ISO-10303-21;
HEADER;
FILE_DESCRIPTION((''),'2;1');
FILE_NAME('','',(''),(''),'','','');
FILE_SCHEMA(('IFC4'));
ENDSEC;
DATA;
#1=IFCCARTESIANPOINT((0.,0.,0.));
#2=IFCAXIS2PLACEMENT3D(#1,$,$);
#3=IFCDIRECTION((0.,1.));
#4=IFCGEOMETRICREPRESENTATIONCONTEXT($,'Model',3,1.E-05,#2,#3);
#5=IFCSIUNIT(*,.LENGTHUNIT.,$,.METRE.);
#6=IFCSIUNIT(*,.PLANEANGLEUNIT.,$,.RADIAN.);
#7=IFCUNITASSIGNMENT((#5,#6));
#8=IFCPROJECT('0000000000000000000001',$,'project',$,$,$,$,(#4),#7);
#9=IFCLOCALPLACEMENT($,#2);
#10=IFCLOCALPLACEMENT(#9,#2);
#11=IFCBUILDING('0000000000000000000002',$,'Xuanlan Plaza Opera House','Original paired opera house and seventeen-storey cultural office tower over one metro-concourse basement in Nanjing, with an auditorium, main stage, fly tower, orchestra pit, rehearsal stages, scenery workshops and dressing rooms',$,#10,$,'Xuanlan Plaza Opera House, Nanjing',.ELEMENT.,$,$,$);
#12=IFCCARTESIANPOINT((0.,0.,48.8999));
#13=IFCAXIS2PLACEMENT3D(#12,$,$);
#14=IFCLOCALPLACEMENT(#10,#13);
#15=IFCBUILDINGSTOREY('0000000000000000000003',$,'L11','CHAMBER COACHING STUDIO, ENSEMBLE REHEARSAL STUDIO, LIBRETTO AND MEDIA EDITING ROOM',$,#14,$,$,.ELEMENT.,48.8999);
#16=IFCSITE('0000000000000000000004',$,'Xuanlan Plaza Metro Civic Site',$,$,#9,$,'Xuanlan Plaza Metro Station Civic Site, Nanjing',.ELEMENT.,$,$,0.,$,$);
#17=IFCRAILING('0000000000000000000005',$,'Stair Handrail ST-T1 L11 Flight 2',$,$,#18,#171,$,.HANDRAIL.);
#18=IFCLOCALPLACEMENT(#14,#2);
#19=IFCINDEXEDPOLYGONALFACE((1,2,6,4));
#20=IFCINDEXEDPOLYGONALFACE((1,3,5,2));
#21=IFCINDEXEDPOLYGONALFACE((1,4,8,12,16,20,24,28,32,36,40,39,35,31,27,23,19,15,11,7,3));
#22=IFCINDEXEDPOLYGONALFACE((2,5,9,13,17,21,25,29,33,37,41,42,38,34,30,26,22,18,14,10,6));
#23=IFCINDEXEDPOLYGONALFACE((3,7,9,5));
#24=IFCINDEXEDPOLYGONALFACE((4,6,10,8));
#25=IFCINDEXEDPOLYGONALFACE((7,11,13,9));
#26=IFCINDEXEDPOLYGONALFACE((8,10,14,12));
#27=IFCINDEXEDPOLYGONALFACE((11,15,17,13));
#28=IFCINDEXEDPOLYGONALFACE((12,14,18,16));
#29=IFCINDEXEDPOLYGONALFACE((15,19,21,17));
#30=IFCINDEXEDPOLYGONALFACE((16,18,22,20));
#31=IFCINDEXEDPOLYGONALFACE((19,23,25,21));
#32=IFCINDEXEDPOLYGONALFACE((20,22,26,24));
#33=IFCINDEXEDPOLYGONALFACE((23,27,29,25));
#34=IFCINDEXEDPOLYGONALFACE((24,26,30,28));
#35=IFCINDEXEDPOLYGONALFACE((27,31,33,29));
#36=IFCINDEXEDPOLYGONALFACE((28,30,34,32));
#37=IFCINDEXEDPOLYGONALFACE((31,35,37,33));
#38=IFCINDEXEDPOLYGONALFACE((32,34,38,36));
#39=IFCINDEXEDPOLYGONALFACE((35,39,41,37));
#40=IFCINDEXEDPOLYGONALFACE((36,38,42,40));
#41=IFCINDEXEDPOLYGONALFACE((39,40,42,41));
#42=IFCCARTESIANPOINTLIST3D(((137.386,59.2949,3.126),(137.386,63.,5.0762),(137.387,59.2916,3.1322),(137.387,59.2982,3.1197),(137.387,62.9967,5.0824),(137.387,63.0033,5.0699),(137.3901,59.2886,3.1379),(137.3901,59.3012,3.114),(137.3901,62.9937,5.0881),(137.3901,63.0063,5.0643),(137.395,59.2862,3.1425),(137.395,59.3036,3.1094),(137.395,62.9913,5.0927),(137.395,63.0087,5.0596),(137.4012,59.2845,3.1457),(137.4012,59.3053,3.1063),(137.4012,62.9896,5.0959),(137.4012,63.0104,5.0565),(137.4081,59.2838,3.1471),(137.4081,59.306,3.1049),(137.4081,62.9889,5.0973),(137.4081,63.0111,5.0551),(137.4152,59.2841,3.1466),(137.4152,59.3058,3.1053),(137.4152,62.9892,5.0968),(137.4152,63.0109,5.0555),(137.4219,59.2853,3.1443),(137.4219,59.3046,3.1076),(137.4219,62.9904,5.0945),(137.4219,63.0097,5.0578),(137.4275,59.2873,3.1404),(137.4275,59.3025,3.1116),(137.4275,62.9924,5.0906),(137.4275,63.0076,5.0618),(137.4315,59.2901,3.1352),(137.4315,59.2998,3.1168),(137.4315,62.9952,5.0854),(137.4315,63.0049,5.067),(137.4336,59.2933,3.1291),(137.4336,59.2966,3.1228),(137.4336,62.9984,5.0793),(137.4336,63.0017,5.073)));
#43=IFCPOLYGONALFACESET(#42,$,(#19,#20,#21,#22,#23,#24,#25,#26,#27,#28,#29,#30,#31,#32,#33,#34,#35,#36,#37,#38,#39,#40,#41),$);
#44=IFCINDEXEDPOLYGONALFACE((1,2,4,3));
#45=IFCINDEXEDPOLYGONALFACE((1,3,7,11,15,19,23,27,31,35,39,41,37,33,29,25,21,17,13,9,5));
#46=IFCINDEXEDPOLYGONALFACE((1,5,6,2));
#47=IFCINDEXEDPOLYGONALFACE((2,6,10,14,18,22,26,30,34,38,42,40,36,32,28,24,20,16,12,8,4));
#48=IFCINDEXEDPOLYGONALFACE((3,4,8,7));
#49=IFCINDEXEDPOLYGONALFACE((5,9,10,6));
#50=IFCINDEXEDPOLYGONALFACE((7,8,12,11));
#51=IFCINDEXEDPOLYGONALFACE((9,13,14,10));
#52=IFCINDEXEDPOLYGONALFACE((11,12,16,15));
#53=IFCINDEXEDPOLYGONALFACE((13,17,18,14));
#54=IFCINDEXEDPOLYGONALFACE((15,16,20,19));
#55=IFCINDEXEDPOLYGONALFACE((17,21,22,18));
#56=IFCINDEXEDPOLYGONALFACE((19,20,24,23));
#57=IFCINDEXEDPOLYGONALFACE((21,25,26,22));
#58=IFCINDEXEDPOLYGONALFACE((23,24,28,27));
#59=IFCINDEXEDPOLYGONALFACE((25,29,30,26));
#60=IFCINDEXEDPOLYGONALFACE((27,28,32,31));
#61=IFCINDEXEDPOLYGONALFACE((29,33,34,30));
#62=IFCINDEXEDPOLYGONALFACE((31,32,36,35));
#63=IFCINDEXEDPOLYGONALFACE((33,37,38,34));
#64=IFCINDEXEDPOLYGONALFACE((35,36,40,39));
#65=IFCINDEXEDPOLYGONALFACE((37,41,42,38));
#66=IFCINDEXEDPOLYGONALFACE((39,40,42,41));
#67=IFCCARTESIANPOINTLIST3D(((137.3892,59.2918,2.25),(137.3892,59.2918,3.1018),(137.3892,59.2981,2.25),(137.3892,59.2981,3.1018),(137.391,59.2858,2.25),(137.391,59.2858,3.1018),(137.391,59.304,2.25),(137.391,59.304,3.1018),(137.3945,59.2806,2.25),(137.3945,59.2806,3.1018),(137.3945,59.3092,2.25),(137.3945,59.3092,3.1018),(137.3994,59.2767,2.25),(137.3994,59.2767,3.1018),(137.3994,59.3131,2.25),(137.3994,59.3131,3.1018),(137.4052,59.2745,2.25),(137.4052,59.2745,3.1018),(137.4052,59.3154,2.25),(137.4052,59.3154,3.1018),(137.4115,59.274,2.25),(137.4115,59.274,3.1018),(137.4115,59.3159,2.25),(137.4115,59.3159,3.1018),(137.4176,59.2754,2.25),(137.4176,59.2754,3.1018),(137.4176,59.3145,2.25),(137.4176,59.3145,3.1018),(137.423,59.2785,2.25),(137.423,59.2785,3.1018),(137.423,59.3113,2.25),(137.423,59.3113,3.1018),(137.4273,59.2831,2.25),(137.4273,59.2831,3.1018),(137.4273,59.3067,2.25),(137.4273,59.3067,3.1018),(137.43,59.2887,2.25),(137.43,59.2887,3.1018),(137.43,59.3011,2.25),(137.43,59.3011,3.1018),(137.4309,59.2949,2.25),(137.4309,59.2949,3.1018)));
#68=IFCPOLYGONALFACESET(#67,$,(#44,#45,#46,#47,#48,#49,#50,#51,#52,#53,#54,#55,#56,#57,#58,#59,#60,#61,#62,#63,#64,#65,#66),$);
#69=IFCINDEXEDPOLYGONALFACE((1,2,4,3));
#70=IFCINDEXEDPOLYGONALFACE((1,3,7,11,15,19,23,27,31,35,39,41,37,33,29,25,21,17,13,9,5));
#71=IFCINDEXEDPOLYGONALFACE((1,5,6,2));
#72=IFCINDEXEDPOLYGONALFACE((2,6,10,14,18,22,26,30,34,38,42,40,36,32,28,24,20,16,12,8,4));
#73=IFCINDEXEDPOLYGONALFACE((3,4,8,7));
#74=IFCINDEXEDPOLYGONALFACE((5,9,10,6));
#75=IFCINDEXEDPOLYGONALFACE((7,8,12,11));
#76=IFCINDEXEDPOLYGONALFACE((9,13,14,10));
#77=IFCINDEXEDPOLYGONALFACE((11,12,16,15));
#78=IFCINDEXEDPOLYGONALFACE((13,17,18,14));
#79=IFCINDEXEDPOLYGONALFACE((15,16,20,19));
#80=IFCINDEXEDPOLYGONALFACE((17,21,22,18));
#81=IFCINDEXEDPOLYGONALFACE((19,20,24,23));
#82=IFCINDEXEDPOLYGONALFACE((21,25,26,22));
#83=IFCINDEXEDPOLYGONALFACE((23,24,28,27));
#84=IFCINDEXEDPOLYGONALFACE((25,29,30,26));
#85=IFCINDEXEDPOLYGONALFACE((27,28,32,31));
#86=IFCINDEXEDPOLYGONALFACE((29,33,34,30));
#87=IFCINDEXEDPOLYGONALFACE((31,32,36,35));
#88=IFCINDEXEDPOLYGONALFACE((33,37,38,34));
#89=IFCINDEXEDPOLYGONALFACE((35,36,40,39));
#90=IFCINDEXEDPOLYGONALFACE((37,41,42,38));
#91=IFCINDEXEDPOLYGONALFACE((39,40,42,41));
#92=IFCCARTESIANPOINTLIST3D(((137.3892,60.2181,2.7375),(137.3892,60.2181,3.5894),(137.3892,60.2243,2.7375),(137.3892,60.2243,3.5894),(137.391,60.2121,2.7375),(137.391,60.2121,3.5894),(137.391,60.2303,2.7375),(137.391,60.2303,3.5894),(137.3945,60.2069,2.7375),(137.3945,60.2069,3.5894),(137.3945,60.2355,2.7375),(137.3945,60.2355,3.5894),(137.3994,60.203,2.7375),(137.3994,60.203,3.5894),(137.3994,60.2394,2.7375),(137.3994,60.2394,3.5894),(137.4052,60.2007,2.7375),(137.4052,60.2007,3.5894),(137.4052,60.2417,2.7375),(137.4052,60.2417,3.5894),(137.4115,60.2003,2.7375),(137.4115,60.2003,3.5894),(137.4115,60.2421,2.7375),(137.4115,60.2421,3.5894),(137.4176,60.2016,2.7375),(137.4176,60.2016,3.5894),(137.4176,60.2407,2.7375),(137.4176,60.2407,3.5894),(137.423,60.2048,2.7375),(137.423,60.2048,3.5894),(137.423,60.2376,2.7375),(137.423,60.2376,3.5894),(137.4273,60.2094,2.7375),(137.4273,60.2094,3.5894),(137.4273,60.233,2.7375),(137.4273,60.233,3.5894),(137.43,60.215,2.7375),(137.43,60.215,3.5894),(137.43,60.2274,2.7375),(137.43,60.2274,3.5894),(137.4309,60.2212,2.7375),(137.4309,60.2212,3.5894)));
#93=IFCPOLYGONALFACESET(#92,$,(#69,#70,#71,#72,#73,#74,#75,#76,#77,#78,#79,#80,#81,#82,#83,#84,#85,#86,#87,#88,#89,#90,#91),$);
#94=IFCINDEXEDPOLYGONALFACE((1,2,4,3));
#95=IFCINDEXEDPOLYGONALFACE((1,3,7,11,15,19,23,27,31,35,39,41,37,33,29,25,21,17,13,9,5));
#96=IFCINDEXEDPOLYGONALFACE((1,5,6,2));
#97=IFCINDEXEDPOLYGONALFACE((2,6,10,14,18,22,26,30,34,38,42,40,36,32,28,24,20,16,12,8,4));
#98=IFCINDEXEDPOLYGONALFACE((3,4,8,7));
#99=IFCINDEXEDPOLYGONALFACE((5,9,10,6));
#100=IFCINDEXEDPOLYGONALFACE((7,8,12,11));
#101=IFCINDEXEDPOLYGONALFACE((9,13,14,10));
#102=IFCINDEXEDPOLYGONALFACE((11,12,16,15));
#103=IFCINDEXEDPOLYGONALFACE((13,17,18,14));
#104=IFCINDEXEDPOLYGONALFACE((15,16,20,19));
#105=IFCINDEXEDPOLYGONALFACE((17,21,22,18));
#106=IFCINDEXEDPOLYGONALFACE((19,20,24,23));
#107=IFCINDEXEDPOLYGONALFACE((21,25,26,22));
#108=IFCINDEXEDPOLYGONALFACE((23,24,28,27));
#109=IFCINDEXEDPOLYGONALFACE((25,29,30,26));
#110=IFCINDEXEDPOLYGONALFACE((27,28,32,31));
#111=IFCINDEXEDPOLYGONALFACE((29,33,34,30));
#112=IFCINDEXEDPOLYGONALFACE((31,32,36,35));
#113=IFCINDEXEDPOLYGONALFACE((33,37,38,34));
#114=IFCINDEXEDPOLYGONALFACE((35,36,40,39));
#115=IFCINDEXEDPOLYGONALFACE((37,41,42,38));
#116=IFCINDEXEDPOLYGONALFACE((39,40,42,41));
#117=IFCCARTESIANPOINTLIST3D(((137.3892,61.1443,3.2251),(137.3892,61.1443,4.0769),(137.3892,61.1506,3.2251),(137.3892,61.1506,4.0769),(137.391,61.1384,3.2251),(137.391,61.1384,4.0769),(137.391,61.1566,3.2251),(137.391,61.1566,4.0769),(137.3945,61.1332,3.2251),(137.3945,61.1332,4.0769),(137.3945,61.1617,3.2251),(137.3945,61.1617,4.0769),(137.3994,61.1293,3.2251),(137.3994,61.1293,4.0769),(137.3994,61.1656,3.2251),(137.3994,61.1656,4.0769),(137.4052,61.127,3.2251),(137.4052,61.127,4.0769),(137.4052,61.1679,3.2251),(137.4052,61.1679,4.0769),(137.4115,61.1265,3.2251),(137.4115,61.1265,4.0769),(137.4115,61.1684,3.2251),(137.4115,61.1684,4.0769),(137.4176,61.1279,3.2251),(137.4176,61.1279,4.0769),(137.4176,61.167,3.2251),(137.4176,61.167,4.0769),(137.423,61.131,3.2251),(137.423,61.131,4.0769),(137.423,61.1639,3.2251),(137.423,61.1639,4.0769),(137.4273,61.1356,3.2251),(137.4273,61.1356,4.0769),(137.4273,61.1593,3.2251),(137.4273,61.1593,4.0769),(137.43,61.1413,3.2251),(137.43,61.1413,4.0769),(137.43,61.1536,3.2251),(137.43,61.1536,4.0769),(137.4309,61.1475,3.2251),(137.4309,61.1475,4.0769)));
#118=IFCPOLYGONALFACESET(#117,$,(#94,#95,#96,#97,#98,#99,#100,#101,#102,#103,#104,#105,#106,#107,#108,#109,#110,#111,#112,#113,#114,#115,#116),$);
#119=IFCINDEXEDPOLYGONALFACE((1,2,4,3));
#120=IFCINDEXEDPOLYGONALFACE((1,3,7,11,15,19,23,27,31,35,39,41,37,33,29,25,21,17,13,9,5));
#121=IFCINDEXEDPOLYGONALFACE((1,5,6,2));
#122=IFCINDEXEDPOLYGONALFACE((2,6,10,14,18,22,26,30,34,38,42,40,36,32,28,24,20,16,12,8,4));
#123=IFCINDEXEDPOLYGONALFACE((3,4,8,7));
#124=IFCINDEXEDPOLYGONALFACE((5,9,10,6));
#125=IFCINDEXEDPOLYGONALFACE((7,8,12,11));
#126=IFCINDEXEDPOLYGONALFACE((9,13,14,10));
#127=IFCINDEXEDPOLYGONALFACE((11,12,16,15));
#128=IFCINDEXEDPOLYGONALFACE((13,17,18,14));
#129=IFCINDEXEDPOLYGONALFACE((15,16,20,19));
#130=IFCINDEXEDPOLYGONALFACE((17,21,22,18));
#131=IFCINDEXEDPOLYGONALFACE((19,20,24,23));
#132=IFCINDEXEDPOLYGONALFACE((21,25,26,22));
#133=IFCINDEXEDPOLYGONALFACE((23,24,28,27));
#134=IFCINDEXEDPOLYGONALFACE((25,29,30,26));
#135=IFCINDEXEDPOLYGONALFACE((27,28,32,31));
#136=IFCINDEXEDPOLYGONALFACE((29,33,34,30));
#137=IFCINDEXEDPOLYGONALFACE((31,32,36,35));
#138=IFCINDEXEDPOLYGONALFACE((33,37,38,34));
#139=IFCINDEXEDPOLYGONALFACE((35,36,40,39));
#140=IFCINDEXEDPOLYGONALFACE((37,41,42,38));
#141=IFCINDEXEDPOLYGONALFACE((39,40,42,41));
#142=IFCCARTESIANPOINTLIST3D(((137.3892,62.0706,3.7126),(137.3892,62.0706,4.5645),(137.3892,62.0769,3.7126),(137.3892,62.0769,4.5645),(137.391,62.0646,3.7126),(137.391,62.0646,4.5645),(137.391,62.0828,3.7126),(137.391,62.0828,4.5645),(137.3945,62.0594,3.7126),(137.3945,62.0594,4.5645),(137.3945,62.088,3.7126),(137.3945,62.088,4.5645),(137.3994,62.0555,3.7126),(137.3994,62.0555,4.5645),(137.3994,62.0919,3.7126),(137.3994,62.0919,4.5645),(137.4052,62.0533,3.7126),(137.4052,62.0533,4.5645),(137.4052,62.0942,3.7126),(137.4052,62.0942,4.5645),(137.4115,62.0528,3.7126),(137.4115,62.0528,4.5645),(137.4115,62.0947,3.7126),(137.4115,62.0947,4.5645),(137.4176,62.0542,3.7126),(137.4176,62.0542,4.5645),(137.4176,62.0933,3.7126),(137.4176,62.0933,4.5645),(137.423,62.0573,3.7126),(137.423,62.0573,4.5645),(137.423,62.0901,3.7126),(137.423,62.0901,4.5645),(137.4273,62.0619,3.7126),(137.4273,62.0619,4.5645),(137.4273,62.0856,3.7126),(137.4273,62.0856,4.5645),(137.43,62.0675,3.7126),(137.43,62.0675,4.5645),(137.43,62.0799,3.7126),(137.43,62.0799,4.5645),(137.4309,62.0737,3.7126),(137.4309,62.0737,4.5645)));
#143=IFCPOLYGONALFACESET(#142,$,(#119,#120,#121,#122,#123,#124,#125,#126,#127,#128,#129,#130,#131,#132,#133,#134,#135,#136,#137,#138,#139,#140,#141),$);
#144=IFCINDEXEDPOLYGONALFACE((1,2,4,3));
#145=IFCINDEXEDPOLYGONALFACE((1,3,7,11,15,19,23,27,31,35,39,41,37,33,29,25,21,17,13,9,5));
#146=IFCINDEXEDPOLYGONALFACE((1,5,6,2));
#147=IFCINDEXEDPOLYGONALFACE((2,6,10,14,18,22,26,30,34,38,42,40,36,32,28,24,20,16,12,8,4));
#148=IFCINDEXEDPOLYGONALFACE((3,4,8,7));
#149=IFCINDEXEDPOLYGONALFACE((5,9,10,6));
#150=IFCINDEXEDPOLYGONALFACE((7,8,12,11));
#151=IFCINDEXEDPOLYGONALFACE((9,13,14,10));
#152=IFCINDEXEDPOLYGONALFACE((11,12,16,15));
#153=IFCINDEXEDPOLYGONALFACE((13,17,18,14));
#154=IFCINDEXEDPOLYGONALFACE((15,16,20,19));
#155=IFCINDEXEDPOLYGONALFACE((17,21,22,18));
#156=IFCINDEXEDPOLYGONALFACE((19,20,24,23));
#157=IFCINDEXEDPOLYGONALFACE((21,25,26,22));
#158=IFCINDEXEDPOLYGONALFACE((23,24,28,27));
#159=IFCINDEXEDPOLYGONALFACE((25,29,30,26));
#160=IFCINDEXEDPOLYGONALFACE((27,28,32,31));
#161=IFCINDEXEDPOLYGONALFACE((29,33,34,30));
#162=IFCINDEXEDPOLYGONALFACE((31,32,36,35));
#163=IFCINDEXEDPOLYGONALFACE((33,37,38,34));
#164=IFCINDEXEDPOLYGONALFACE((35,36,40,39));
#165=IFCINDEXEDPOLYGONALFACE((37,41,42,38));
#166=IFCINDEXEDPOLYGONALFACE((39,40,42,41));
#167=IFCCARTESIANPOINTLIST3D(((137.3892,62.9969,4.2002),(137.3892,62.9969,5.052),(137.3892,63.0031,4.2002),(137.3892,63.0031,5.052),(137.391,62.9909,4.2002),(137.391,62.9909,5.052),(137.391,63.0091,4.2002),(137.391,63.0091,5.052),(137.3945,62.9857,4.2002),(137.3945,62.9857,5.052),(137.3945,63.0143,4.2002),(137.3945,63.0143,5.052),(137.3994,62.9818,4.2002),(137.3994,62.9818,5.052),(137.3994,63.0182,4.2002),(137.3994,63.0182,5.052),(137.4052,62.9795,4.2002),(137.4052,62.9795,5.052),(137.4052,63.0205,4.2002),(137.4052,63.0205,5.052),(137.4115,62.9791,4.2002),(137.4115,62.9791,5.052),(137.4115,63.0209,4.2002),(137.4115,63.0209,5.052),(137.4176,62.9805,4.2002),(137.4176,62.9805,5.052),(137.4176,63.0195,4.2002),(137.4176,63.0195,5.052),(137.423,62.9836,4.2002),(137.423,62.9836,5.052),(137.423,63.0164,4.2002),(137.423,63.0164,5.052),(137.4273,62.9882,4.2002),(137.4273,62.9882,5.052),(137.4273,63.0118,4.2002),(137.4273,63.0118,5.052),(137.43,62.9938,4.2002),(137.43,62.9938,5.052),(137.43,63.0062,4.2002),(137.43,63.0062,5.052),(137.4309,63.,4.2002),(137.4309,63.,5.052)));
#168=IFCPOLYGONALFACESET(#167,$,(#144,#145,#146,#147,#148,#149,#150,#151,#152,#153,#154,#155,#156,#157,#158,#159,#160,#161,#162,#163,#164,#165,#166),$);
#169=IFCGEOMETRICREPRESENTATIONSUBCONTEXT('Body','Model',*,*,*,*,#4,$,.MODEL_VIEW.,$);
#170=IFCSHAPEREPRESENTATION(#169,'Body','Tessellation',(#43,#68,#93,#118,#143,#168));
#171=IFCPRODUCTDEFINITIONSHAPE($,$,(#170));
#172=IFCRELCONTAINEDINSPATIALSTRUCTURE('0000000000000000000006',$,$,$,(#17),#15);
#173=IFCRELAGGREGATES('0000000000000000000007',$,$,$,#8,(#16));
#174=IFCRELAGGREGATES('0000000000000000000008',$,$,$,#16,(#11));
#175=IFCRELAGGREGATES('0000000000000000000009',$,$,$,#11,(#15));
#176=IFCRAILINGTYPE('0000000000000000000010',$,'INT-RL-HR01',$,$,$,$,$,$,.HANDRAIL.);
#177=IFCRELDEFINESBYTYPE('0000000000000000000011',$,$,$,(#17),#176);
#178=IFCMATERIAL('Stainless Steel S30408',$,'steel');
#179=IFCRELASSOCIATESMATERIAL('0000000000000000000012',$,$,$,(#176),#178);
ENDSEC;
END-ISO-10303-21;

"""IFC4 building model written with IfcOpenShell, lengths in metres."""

from ifc_helpers import new_model, si_unit, direction, frame, origin, origin_2d, place, context, subcontext, project, spatial, circle, extrude, material, type_object, element, save


model = new_model("IFC4")

# Units and contexts
model_context = context("Model", 3, precision=1e-05, world=origin(), true_north=direction((0.0, 1.0)))
body_context = subcontext(model_context, "Body", "Model", "MODEL_VIEW")
ifc_project = project(units=[si_unit("LENGTHUNIT", "METRE"), si_unit("PLANEANGLEUNIT", "RADIAN")], contexts=[model_context])

# Site, building, storey
site_placement = place(None, origin())
site = spatial("IfcSite", under=ifc_project, at=site_placement, Name="Xuanlan Plaza Metro Civic Site", LongName="Xuanlan Plaza Metro Station Civic Site, Nanjing", CompositionType="ELEMENT", RefElevation=0.0)
building_placement = place(site_placement, origin())
building = spatial("IfcBuilding", under=site, at=building_placement, Name="Xuanlan Plaza Opera House", Description="Original paired opera house and seventeen-storey cultural office tower over one metro-concourse basement in Nanjing, with an auditorium, main stage, fly tower, orchestra pit, rehearsal stages, scenery workshops and dressing rooms", LongName="Xuanlan Plaza Opera House, Nanjing", CompositionType="ELEMENT")
storey_placement = place(building_placement, frame((0.0, 0.0, 48.8999)))
storey = spatial("IfcBuildingStorey", under=building, at=storey_placement, Name="L11", Description="CHAMBER COACHING STUDIO, ENSEMBLE REHEARSAL STUDIO, LIBRETTO AND MEDIA EDITING ROOM", CompositionType="ELEMENT", Elevation=48.8999)

# Shared definitions
ifc_material_1 = material(Name="Stainless Steel S30408", Category="steel")

# Railing
railing_type = type_object("IfcRailingType", Name="INT-RL-HR01", PredefinedType="HANDRAIL", material=ifc_material_1)
railing_placement = place(storey_placement, frame((137.4099, 59.2949, 2.25)))
element("IfcRailing", 1, at=railing_placement, inside=storey, type_object=railing_type, Name="Stair Handrail ST-T1 L11 Flight 2", PredefinedType="HANDRAIL", context=body_context, shape_type="SweptSolid", body=[
    extrude(circle(Radius=0.0239, at=origin_2d()), frame((0.0, 0.0, 0.876), z_axis=(0.0, 0.884903, 0.465775), x_axis=(-1.0, 0.0, 0.0)), (0.0, 0.0, 1.0), 4.187),
    extrude(circle(Radius=0.021, at=origin_2d()), origin(), (0.0, 0.0, 1.0), 0.8518),
    extrude(circle(Radius=0.021, at=origin_2d()), frame((0.0, 0.9263, 0.4875)), (0.0, 0.0, 1.0), 0.8518),
    extrude(circle(Radius=0.021, at=origin_2d()), frame((0.0, 1.8525, 0.9751)), (0.0, 0.0, 1.0), 0.8518),
    extrude(circle(Radius=0.021, at=origin_2d()), frame((0.0, 2.7788, 1.4626)), (0.0, 0.0, 1.0), 0.8518),
    extrude(circle(Radius=0.021, at=origin_2d()), frame((0.0, 3.7051, 1.9502)), (0.0, 0.0, 1.0), 0.8518),
])

save(model, "model.ifc")
